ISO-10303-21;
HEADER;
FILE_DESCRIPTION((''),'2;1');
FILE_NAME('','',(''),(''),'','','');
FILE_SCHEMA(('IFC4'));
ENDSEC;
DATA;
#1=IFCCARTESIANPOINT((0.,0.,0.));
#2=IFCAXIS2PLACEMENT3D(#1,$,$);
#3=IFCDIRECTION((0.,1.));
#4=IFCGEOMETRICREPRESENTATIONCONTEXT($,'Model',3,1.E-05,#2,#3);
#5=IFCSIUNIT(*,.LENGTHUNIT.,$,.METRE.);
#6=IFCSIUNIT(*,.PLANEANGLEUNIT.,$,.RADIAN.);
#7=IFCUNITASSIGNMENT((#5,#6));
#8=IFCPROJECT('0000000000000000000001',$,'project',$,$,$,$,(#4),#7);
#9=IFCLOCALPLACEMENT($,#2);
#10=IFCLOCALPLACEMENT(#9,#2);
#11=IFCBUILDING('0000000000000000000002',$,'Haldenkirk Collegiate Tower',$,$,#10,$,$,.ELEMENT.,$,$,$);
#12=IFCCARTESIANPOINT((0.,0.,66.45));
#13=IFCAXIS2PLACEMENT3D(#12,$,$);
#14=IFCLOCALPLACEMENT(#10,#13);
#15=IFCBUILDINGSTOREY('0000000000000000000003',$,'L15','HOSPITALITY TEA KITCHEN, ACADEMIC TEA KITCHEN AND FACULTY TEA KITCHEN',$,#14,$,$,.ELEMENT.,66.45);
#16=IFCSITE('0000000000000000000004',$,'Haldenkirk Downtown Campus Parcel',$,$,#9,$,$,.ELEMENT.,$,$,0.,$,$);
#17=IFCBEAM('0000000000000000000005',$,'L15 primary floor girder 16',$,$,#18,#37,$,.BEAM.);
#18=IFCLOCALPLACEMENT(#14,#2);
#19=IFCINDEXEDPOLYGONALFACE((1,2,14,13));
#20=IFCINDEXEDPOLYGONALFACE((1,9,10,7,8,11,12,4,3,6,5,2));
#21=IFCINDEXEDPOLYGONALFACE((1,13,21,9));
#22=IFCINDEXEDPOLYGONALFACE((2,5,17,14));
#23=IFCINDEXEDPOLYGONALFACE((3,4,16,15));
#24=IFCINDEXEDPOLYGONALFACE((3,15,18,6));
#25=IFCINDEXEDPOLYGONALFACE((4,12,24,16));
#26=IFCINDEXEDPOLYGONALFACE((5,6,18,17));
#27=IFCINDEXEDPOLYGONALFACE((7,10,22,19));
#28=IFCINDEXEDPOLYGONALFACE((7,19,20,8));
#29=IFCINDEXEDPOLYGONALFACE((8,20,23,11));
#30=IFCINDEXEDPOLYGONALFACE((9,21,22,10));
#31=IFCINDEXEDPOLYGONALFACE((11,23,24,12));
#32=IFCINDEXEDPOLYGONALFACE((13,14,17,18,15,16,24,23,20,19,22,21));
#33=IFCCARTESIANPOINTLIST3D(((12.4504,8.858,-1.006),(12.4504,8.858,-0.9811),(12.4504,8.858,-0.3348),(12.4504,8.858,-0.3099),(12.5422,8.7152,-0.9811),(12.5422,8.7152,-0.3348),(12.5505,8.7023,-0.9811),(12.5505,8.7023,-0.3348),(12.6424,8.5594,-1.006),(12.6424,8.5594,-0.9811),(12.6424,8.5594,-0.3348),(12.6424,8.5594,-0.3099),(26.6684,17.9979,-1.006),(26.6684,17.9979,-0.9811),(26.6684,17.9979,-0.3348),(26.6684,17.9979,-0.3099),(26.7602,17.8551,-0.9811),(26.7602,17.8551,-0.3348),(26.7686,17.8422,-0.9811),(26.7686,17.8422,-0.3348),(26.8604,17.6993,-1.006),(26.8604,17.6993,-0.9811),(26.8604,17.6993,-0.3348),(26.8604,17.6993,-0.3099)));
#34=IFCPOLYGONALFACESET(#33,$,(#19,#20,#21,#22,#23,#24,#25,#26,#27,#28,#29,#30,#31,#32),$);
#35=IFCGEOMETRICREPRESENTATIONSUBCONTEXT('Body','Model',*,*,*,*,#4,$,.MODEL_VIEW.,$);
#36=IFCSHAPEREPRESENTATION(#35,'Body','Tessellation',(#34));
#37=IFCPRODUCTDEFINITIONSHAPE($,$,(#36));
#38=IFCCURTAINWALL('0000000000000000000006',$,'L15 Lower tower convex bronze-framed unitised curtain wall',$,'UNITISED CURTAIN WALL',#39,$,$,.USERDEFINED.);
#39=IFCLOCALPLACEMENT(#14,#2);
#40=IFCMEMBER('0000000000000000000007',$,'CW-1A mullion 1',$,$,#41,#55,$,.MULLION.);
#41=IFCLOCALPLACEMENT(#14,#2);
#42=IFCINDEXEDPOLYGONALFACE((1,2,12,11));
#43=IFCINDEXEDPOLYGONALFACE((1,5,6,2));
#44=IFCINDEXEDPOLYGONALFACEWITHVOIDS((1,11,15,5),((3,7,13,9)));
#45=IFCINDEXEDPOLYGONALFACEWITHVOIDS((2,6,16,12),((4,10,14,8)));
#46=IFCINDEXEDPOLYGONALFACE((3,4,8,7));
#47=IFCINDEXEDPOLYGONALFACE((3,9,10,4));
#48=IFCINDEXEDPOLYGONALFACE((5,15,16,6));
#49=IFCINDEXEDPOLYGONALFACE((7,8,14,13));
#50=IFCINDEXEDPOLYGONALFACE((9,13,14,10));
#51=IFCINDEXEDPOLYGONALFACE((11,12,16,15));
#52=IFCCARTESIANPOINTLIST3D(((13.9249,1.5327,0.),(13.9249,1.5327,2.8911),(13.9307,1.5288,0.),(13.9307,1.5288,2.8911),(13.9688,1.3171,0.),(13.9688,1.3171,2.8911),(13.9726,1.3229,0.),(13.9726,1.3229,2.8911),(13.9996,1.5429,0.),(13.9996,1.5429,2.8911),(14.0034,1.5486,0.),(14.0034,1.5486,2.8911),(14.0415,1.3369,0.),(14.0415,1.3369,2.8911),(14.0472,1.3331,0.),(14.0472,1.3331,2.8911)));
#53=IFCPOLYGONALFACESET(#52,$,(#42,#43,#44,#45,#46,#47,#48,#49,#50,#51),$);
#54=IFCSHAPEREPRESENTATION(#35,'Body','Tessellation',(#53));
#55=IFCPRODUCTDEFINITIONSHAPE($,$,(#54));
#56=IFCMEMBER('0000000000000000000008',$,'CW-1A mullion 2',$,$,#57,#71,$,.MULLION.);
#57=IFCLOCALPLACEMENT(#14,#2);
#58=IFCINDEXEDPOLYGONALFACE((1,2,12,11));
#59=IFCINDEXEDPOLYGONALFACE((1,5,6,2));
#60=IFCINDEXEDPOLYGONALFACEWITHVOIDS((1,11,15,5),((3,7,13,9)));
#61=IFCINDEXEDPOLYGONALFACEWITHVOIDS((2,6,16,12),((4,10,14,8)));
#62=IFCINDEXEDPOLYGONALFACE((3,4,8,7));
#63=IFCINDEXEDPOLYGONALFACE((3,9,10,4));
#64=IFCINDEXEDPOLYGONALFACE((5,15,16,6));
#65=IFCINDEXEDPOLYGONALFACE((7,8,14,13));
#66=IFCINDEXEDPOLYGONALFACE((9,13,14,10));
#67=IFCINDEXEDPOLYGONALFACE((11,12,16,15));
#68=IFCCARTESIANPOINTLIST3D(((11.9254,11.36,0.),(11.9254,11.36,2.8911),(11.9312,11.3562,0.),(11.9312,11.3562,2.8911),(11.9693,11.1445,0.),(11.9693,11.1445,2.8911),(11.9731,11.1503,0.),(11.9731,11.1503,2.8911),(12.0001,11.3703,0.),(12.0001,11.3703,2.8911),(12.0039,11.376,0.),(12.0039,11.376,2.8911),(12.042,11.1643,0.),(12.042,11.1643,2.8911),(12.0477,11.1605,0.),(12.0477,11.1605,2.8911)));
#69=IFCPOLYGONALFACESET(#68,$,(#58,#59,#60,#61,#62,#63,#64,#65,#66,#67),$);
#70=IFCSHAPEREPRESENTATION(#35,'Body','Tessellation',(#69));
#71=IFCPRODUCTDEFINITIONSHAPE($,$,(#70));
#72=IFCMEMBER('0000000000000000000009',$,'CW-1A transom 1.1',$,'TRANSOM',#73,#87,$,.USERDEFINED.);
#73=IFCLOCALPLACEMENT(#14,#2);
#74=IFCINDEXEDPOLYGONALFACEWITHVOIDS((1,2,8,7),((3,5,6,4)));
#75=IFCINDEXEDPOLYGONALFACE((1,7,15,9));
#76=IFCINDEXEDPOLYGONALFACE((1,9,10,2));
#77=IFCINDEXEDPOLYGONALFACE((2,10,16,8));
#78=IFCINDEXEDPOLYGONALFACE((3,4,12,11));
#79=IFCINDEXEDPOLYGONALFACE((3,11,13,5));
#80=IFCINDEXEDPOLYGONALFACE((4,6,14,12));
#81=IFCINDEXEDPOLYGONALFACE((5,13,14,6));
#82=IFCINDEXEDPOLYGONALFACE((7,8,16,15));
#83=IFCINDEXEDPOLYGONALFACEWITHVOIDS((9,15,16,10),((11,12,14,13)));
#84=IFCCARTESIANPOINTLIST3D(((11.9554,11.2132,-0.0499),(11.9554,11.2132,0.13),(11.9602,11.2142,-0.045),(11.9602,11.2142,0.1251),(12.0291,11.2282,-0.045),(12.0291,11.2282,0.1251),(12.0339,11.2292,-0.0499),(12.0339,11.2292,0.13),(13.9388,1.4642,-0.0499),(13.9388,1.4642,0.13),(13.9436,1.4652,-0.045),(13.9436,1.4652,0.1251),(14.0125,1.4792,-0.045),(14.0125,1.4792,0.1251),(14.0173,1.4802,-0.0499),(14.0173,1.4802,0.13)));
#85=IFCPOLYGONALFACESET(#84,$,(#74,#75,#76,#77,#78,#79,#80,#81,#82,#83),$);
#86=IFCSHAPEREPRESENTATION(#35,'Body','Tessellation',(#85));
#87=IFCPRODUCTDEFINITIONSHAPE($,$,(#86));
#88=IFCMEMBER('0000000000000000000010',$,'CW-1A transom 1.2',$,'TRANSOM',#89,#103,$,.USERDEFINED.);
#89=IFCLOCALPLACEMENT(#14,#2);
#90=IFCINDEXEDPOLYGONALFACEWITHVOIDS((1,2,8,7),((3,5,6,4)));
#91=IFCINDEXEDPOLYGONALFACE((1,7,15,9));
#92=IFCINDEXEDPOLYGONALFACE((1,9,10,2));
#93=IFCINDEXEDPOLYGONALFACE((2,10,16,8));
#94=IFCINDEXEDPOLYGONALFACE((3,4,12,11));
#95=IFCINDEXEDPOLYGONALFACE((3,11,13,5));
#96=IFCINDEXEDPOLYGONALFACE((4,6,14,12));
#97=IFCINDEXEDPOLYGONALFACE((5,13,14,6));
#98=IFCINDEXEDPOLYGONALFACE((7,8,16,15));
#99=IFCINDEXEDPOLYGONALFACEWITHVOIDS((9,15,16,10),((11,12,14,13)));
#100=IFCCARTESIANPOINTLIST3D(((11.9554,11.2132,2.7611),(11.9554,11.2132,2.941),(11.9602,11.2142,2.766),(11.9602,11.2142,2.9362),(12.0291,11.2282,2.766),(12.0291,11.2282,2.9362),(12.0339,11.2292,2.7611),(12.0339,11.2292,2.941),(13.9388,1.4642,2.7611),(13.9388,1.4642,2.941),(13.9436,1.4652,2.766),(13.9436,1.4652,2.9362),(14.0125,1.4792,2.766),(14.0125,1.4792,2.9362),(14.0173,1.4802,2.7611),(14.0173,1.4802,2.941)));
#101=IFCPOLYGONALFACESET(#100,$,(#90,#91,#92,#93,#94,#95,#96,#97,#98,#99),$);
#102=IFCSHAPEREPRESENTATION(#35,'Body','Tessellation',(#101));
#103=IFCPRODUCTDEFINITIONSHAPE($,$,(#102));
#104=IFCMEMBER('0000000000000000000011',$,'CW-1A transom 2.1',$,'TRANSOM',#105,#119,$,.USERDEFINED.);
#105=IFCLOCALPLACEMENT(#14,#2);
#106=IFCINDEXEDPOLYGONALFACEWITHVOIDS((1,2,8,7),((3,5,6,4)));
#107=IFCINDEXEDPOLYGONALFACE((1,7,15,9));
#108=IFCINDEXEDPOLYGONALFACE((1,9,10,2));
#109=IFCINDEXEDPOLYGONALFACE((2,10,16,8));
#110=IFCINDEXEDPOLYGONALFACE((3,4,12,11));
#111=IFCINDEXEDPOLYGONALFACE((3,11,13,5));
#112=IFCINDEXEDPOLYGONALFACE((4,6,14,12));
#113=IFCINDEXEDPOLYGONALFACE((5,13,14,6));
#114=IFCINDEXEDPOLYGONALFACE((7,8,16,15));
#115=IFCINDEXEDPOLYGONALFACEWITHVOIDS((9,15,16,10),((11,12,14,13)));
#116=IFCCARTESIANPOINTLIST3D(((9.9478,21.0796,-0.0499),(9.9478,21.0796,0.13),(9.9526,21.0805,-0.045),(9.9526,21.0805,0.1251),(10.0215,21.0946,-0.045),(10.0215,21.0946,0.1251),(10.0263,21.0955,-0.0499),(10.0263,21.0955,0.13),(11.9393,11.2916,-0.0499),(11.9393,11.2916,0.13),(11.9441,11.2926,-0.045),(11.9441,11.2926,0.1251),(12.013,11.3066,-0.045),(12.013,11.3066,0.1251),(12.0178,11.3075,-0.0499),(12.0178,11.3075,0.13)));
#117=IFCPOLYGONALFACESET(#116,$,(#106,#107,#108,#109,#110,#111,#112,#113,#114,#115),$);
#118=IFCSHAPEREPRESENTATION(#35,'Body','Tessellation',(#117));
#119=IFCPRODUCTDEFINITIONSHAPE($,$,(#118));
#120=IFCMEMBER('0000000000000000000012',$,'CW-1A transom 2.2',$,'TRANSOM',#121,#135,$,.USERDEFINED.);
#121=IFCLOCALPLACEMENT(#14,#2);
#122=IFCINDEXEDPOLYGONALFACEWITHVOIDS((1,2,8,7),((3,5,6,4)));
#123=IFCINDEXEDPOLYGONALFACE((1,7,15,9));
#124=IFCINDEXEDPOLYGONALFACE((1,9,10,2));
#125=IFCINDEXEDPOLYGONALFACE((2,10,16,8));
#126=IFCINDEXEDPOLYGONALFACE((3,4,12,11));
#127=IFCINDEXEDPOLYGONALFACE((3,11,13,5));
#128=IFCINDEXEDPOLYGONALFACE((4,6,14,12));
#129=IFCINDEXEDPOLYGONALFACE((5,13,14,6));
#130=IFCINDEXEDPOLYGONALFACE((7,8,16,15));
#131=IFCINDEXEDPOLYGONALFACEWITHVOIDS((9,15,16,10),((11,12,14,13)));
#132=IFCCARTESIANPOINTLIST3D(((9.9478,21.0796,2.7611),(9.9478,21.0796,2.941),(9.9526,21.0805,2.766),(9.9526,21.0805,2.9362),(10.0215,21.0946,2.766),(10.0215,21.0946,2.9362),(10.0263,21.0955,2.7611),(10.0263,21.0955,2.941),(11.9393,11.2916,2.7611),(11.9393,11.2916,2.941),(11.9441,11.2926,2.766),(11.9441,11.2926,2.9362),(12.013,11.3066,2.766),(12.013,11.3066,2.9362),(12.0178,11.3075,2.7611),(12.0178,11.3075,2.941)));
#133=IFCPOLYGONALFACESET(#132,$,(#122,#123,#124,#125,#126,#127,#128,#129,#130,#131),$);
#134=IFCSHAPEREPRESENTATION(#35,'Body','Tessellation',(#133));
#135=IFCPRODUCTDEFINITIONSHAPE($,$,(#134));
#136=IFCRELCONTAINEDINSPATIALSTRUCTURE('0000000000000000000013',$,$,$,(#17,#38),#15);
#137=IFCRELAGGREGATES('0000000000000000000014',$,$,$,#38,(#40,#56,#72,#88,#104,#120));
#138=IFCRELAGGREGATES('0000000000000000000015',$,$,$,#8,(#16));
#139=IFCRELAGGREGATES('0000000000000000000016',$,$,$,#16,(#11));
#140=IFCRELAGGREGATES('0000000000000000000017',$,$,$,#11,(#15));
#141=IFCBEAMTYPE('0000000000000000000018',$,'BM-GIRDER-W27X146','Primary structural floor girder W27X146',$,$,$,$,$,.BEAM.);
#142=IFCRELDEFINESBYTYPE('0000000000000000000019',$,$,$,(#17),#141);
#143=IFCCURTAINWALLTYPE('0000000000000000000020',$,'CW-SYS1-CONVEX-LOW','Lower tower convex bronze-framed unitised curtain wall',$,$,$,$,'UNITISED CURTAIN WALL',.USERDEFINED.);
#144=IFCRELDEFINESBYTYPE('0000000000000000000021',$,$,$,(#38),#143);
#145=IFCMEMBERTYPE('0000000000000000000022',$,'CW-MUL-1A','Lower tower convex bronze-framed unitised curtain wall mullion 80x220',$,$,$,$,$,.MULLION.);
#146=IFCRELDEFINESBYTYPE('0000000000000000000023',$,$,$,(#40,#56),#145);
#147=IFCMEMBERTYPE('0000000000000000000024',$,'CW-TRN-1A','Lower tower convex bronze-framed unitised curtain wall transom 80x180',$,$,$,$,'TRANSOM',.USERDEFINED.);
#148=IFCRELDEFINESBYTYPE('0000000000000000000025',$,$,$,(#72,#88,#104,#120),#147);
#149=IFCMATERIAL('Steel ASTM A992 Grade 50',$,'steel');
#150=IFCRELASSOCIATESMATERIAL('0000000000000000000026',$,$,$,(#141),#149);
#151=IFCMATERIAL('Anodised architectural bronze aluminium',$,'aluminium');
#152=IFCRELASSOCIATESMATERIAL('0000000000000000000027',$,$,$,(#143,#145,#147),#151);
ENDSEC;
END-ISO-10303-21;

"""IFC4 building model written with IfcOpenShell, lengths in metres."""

from ifc_helpers import new_model, si_unit, direction, frame, origin, origin_2d, place, context, subcontext, project, spatial, hollow_rectangle, i_section, extrude, material, material_profile, profile_set, type_object, element, aggregate, save


model = new_model("IFC4")

# Units and contexts
model_context = context("Model", 3, precision=1e-05, world=origin(), true_north=direction((0.0, 1.0)))
body_context = subcontext(model_context, "Body", "Model", "MODEL_VIEW")
ifc_project = project(units=[si_unit("LENGTHUNIT", "METRE"), si_unit("PLANEANGLEUNIT", "RADIAN")], contexts=[model_context])

# Site, building, storey
site_placement = place(None, origin())
site = spatial("IfcSite", under=ifc_project, at=site_placement, Name="Haldenkirk Downtown Campus Parcel", CompositionType="ELEMENT", RefElevation=0.0)
building_placement = place(site_placement, origin())
building = spatial("IfcBuilding", under=site, at=building_placement, Name="Haldenkirk Collegiate Tower", CompositionType="ELEMENT")
storey_placement = place(building_placement, frame((0.0, 0.0, 66.45)))
storey = spatial("IfcBuildingStorey", under=building, at=storey_placement, Name="L15", Description="HOSPITALITY TEA KITCHEN, ACADEMIC TEA KITCHEN AND FACULTY TEA KITCHEN", CompositionType="ELEMENT", Elevation=66.45)

# Beam
ifc_material_1 = material(Name="Steel ASTM A992 Grade 50", Category="steel")
ifc_material_profile_1 = material_profile(ifc_material_1, i_section(OverallWidth=0.355, OverallDepth=0.696, WebThickness=0.0154, FlangeThickness=0.0249, at=origin_2d()), Name="W27X146")
ifc_profile_set_1 = profile_set([ifc_material_profile_1], Name="Steel ASTM A992 Grade 50")
beam_type = type_object("IfcBeamType", Name="BM-GIRDER-W27X146", Description="Primary structural floor girder W27X146", PredefinedType="BEAM", material=ifc_profile_set_1)
beam_placement = place(storey_placement, frame((12.5464, 8.7087, -0.658), z_axis=(0.841186, 0.540747, 0.0), x_axis=(-0.540747, 0.841186, 0.0)))
element("IfcBeam", 1, at=beam_placement, inside=storey, type_object=beam_type, Name="L15 primary floor girder 16", PredefinedType="BEAM", context=body_context, shape_type="SweptSolid", body=[
    extrude(i_section(OverallWidth=0.355, OverallDepth=0.696, WebThickness=0.0154, FlangeThickness=0.0249, at=origin_2d()), origin(), (0.0, 0.0, 1.0), 16.9023),
])

# Curtain wall, members
ifc_material_2 = material(Name="Anodised architectural bronze aluminium", Category="aluminium")
curtain_wall_type = type_object("IfcCurtainWallType", Name="CW-SYS1-CONVEX-LOW", Description="Lower tower convex bronze-framed unitised curtain wall", ElementType="UNITISED CURTAIN WALL", PredefinedType="USERDEFINED", material=ifc_material_2)
curtain_wall_placement = place(storey_placement, origin())
curtain_wall = element("IfcCurtainWall", 2, at=curtain_wall_placement, inside=storey, type_object=curtain_wall_type, Name="L15 Lower tower convex bronze-framed unitised curtain wall", ObjectType="UNITISED CURTAIN WALL", PredefinedType="USERDEFINED")
ifc_material_profile_2 = material_profile(ifc_material_2, hollow_rectangle(XDim=0.0801, YDim=0.22, WallThickness=0.0049, at=origin_2d()), Name="CW-MUL-1A")
ifc_profile_set_2 = profile_set([ifc_material_profile_2], Name="Anodised architectural bronze aluminium")
member_type_1 = type_object("IfcMemberType", Name="CW-MUL-1A", Description="Lower tower convex bronze-framed unitised curtain wall mullion 80x220", PredefinedType="MULLION", material=ifc_profile_set_2)
member_1_placement = place(storey_placement, frame((13.9861, 1.4329, 0.0), z_axis=(0.0, 0.0, 1.0), x_axis=(-0.979924, -0.199369, 0.0)))
member_1 = element("IfcMember", 3, at=member_1_placement, type_object=member_type_1, Name="CW-1A mullion 1", PredefinedType="MULLION", context=body_context, shape_type="SweptSolid", body=[
    extrude(hollow_rectangle(XDim=0.0801, YDim=0.22, WallThickness=0.0049, at=origin_2d()), origin(), (0.0, 0.0, 1.0), 2.8911),
])
member_2_placement = place(storey_placement, frame((11.9866, 11.2603, 0.0), z_axis=(0.0, 0.0, 1.0), x_axis=(-0.979924, -0.199369, 0.0)))
member_2 = element("IfcMember", 4, at=member_2_placement, type_object=member_type_1, Name="CW-1A mullion 2", PredefinedType="MULLION", context=body_context, shape_type="SweptSolid", body=[
    extrude(hollow_rectangle(XDim=0.0801, YDim=0.22, WallThickness=0.0049, at=origin_2d()), origin(), (0.0, 0.0, 1.0), 2.8911),
])
ifc_material_profile_3 = material_profile(ifc_material_2, hollow_rectangle(XDim=0.0801, YDim=0.1799, WallThickness=0.0049, at=origin_2d()), Name="CW-TRN-1A")
ifc_profile_set_3 = profile_set([ifc_material_profile_3], Name="Anodised architectural bronze aluminium")
member_type_2 = type_object("IfcMemberType", Name="CW-TRN-1A", Description="Lower tower convex bronze-framed unitised curtain wall transom 80x180", ElementType="TRANSOM", PredefinedType="USERDEFINED", material=ifc_profile_set_3)
member_3_placement = place(storey_placement, frame((13.978, 1.4722, 0.04), z_axis=(-0.199362, 0.979926, 0.0), x_axis=(-0.979926, -0.199362, 0.0)))
member_3 = element("IfcMember", 5, at=member_3_placement, type_object=member_type_2, Name="CW-1A transom 1.1", ObjectType="TRANSOM", PredefinedType="USERDEFINED", context=body_context, shape_type="SweptSolid", body=[
    extrude(hollow_rectangle(XDim=0.0801, YDim=0.1799, WallThickness=0.0049, at=origin_2d()), origin(), (0.0, 0.0, 1.0), 9.9487),
])
member_4_placement = place(storey_placement, frame((13.978, 1.4722, 2.8511), z_axis=(-0.199362, 0.979926, 0.0), x_axis=(-0.979926, -0.199362, 0.0)))
member_4 = element("IfcMember", 6, at=member_4_placement, type_object=member_type_2, Name="CW-1A transom 1.2", ObjectType="TRANSOM", PredefinedType="USERDEFINED", context=body_context, shape_type="SweptSolid", body=[
    extrude(hollow_rectangle(XDim=0.0801, YDim=0.1799, WallThickness=0.0049, at=origin_2d()), origin(), (0.0, 0.0, 1.0), 9.9487),
])
member_5_placement = place(storey_placement, frame((11.9785, 11.2996, 0.04), z_axis=(-0.199372, 0.979924, 0.0), x_axis=(-0.979924, -0.199372, 0.0)))
member_5 = element("IfcMember", 7, at=member_5_placement, type_object=member_type_2, Name="CW-1A transom 2.1", ObjectType="TRANSOM", PredefinedType="USERDEFINED", context=body_context, shape_type="SweptSolid", body=[
    extrude(hollow_rectangle(XDim=0.0801, YDim=0.1799, WallThickness=0.0049, at=origin_2d()), origin(), (0.0, 0.0, 1.0), 9.9885),
])
member_6_placement = place(storey_placement, frame((11.9785, 11.2996, 2.8511), z_axis=(-0.199372, 0.979924, 0.0), x_axis=(-0.979924, -0.199372, 0.0)))
member_6 = element("IfcMember", 8, at=member_6_placement, type_object=member_type_2, Name="CW-1A transom 2.2", ObjectType="TRANSOM", PredefinedType="USERDEFINED", context=body_context, shape_type="SweptSolid", body=[
    extrude(hollow_rectangle(XDim=0.0801, YDim=0.1799, WallThickness=0.0049, at=origin_2d()), origin(), (0.0, 0.0, 1.0), 9.9885),
])

aggregate(curtain_wall, [member_1, member_2, member_3, member_4, member_5, member_6])

save(model, "model.ifc")
